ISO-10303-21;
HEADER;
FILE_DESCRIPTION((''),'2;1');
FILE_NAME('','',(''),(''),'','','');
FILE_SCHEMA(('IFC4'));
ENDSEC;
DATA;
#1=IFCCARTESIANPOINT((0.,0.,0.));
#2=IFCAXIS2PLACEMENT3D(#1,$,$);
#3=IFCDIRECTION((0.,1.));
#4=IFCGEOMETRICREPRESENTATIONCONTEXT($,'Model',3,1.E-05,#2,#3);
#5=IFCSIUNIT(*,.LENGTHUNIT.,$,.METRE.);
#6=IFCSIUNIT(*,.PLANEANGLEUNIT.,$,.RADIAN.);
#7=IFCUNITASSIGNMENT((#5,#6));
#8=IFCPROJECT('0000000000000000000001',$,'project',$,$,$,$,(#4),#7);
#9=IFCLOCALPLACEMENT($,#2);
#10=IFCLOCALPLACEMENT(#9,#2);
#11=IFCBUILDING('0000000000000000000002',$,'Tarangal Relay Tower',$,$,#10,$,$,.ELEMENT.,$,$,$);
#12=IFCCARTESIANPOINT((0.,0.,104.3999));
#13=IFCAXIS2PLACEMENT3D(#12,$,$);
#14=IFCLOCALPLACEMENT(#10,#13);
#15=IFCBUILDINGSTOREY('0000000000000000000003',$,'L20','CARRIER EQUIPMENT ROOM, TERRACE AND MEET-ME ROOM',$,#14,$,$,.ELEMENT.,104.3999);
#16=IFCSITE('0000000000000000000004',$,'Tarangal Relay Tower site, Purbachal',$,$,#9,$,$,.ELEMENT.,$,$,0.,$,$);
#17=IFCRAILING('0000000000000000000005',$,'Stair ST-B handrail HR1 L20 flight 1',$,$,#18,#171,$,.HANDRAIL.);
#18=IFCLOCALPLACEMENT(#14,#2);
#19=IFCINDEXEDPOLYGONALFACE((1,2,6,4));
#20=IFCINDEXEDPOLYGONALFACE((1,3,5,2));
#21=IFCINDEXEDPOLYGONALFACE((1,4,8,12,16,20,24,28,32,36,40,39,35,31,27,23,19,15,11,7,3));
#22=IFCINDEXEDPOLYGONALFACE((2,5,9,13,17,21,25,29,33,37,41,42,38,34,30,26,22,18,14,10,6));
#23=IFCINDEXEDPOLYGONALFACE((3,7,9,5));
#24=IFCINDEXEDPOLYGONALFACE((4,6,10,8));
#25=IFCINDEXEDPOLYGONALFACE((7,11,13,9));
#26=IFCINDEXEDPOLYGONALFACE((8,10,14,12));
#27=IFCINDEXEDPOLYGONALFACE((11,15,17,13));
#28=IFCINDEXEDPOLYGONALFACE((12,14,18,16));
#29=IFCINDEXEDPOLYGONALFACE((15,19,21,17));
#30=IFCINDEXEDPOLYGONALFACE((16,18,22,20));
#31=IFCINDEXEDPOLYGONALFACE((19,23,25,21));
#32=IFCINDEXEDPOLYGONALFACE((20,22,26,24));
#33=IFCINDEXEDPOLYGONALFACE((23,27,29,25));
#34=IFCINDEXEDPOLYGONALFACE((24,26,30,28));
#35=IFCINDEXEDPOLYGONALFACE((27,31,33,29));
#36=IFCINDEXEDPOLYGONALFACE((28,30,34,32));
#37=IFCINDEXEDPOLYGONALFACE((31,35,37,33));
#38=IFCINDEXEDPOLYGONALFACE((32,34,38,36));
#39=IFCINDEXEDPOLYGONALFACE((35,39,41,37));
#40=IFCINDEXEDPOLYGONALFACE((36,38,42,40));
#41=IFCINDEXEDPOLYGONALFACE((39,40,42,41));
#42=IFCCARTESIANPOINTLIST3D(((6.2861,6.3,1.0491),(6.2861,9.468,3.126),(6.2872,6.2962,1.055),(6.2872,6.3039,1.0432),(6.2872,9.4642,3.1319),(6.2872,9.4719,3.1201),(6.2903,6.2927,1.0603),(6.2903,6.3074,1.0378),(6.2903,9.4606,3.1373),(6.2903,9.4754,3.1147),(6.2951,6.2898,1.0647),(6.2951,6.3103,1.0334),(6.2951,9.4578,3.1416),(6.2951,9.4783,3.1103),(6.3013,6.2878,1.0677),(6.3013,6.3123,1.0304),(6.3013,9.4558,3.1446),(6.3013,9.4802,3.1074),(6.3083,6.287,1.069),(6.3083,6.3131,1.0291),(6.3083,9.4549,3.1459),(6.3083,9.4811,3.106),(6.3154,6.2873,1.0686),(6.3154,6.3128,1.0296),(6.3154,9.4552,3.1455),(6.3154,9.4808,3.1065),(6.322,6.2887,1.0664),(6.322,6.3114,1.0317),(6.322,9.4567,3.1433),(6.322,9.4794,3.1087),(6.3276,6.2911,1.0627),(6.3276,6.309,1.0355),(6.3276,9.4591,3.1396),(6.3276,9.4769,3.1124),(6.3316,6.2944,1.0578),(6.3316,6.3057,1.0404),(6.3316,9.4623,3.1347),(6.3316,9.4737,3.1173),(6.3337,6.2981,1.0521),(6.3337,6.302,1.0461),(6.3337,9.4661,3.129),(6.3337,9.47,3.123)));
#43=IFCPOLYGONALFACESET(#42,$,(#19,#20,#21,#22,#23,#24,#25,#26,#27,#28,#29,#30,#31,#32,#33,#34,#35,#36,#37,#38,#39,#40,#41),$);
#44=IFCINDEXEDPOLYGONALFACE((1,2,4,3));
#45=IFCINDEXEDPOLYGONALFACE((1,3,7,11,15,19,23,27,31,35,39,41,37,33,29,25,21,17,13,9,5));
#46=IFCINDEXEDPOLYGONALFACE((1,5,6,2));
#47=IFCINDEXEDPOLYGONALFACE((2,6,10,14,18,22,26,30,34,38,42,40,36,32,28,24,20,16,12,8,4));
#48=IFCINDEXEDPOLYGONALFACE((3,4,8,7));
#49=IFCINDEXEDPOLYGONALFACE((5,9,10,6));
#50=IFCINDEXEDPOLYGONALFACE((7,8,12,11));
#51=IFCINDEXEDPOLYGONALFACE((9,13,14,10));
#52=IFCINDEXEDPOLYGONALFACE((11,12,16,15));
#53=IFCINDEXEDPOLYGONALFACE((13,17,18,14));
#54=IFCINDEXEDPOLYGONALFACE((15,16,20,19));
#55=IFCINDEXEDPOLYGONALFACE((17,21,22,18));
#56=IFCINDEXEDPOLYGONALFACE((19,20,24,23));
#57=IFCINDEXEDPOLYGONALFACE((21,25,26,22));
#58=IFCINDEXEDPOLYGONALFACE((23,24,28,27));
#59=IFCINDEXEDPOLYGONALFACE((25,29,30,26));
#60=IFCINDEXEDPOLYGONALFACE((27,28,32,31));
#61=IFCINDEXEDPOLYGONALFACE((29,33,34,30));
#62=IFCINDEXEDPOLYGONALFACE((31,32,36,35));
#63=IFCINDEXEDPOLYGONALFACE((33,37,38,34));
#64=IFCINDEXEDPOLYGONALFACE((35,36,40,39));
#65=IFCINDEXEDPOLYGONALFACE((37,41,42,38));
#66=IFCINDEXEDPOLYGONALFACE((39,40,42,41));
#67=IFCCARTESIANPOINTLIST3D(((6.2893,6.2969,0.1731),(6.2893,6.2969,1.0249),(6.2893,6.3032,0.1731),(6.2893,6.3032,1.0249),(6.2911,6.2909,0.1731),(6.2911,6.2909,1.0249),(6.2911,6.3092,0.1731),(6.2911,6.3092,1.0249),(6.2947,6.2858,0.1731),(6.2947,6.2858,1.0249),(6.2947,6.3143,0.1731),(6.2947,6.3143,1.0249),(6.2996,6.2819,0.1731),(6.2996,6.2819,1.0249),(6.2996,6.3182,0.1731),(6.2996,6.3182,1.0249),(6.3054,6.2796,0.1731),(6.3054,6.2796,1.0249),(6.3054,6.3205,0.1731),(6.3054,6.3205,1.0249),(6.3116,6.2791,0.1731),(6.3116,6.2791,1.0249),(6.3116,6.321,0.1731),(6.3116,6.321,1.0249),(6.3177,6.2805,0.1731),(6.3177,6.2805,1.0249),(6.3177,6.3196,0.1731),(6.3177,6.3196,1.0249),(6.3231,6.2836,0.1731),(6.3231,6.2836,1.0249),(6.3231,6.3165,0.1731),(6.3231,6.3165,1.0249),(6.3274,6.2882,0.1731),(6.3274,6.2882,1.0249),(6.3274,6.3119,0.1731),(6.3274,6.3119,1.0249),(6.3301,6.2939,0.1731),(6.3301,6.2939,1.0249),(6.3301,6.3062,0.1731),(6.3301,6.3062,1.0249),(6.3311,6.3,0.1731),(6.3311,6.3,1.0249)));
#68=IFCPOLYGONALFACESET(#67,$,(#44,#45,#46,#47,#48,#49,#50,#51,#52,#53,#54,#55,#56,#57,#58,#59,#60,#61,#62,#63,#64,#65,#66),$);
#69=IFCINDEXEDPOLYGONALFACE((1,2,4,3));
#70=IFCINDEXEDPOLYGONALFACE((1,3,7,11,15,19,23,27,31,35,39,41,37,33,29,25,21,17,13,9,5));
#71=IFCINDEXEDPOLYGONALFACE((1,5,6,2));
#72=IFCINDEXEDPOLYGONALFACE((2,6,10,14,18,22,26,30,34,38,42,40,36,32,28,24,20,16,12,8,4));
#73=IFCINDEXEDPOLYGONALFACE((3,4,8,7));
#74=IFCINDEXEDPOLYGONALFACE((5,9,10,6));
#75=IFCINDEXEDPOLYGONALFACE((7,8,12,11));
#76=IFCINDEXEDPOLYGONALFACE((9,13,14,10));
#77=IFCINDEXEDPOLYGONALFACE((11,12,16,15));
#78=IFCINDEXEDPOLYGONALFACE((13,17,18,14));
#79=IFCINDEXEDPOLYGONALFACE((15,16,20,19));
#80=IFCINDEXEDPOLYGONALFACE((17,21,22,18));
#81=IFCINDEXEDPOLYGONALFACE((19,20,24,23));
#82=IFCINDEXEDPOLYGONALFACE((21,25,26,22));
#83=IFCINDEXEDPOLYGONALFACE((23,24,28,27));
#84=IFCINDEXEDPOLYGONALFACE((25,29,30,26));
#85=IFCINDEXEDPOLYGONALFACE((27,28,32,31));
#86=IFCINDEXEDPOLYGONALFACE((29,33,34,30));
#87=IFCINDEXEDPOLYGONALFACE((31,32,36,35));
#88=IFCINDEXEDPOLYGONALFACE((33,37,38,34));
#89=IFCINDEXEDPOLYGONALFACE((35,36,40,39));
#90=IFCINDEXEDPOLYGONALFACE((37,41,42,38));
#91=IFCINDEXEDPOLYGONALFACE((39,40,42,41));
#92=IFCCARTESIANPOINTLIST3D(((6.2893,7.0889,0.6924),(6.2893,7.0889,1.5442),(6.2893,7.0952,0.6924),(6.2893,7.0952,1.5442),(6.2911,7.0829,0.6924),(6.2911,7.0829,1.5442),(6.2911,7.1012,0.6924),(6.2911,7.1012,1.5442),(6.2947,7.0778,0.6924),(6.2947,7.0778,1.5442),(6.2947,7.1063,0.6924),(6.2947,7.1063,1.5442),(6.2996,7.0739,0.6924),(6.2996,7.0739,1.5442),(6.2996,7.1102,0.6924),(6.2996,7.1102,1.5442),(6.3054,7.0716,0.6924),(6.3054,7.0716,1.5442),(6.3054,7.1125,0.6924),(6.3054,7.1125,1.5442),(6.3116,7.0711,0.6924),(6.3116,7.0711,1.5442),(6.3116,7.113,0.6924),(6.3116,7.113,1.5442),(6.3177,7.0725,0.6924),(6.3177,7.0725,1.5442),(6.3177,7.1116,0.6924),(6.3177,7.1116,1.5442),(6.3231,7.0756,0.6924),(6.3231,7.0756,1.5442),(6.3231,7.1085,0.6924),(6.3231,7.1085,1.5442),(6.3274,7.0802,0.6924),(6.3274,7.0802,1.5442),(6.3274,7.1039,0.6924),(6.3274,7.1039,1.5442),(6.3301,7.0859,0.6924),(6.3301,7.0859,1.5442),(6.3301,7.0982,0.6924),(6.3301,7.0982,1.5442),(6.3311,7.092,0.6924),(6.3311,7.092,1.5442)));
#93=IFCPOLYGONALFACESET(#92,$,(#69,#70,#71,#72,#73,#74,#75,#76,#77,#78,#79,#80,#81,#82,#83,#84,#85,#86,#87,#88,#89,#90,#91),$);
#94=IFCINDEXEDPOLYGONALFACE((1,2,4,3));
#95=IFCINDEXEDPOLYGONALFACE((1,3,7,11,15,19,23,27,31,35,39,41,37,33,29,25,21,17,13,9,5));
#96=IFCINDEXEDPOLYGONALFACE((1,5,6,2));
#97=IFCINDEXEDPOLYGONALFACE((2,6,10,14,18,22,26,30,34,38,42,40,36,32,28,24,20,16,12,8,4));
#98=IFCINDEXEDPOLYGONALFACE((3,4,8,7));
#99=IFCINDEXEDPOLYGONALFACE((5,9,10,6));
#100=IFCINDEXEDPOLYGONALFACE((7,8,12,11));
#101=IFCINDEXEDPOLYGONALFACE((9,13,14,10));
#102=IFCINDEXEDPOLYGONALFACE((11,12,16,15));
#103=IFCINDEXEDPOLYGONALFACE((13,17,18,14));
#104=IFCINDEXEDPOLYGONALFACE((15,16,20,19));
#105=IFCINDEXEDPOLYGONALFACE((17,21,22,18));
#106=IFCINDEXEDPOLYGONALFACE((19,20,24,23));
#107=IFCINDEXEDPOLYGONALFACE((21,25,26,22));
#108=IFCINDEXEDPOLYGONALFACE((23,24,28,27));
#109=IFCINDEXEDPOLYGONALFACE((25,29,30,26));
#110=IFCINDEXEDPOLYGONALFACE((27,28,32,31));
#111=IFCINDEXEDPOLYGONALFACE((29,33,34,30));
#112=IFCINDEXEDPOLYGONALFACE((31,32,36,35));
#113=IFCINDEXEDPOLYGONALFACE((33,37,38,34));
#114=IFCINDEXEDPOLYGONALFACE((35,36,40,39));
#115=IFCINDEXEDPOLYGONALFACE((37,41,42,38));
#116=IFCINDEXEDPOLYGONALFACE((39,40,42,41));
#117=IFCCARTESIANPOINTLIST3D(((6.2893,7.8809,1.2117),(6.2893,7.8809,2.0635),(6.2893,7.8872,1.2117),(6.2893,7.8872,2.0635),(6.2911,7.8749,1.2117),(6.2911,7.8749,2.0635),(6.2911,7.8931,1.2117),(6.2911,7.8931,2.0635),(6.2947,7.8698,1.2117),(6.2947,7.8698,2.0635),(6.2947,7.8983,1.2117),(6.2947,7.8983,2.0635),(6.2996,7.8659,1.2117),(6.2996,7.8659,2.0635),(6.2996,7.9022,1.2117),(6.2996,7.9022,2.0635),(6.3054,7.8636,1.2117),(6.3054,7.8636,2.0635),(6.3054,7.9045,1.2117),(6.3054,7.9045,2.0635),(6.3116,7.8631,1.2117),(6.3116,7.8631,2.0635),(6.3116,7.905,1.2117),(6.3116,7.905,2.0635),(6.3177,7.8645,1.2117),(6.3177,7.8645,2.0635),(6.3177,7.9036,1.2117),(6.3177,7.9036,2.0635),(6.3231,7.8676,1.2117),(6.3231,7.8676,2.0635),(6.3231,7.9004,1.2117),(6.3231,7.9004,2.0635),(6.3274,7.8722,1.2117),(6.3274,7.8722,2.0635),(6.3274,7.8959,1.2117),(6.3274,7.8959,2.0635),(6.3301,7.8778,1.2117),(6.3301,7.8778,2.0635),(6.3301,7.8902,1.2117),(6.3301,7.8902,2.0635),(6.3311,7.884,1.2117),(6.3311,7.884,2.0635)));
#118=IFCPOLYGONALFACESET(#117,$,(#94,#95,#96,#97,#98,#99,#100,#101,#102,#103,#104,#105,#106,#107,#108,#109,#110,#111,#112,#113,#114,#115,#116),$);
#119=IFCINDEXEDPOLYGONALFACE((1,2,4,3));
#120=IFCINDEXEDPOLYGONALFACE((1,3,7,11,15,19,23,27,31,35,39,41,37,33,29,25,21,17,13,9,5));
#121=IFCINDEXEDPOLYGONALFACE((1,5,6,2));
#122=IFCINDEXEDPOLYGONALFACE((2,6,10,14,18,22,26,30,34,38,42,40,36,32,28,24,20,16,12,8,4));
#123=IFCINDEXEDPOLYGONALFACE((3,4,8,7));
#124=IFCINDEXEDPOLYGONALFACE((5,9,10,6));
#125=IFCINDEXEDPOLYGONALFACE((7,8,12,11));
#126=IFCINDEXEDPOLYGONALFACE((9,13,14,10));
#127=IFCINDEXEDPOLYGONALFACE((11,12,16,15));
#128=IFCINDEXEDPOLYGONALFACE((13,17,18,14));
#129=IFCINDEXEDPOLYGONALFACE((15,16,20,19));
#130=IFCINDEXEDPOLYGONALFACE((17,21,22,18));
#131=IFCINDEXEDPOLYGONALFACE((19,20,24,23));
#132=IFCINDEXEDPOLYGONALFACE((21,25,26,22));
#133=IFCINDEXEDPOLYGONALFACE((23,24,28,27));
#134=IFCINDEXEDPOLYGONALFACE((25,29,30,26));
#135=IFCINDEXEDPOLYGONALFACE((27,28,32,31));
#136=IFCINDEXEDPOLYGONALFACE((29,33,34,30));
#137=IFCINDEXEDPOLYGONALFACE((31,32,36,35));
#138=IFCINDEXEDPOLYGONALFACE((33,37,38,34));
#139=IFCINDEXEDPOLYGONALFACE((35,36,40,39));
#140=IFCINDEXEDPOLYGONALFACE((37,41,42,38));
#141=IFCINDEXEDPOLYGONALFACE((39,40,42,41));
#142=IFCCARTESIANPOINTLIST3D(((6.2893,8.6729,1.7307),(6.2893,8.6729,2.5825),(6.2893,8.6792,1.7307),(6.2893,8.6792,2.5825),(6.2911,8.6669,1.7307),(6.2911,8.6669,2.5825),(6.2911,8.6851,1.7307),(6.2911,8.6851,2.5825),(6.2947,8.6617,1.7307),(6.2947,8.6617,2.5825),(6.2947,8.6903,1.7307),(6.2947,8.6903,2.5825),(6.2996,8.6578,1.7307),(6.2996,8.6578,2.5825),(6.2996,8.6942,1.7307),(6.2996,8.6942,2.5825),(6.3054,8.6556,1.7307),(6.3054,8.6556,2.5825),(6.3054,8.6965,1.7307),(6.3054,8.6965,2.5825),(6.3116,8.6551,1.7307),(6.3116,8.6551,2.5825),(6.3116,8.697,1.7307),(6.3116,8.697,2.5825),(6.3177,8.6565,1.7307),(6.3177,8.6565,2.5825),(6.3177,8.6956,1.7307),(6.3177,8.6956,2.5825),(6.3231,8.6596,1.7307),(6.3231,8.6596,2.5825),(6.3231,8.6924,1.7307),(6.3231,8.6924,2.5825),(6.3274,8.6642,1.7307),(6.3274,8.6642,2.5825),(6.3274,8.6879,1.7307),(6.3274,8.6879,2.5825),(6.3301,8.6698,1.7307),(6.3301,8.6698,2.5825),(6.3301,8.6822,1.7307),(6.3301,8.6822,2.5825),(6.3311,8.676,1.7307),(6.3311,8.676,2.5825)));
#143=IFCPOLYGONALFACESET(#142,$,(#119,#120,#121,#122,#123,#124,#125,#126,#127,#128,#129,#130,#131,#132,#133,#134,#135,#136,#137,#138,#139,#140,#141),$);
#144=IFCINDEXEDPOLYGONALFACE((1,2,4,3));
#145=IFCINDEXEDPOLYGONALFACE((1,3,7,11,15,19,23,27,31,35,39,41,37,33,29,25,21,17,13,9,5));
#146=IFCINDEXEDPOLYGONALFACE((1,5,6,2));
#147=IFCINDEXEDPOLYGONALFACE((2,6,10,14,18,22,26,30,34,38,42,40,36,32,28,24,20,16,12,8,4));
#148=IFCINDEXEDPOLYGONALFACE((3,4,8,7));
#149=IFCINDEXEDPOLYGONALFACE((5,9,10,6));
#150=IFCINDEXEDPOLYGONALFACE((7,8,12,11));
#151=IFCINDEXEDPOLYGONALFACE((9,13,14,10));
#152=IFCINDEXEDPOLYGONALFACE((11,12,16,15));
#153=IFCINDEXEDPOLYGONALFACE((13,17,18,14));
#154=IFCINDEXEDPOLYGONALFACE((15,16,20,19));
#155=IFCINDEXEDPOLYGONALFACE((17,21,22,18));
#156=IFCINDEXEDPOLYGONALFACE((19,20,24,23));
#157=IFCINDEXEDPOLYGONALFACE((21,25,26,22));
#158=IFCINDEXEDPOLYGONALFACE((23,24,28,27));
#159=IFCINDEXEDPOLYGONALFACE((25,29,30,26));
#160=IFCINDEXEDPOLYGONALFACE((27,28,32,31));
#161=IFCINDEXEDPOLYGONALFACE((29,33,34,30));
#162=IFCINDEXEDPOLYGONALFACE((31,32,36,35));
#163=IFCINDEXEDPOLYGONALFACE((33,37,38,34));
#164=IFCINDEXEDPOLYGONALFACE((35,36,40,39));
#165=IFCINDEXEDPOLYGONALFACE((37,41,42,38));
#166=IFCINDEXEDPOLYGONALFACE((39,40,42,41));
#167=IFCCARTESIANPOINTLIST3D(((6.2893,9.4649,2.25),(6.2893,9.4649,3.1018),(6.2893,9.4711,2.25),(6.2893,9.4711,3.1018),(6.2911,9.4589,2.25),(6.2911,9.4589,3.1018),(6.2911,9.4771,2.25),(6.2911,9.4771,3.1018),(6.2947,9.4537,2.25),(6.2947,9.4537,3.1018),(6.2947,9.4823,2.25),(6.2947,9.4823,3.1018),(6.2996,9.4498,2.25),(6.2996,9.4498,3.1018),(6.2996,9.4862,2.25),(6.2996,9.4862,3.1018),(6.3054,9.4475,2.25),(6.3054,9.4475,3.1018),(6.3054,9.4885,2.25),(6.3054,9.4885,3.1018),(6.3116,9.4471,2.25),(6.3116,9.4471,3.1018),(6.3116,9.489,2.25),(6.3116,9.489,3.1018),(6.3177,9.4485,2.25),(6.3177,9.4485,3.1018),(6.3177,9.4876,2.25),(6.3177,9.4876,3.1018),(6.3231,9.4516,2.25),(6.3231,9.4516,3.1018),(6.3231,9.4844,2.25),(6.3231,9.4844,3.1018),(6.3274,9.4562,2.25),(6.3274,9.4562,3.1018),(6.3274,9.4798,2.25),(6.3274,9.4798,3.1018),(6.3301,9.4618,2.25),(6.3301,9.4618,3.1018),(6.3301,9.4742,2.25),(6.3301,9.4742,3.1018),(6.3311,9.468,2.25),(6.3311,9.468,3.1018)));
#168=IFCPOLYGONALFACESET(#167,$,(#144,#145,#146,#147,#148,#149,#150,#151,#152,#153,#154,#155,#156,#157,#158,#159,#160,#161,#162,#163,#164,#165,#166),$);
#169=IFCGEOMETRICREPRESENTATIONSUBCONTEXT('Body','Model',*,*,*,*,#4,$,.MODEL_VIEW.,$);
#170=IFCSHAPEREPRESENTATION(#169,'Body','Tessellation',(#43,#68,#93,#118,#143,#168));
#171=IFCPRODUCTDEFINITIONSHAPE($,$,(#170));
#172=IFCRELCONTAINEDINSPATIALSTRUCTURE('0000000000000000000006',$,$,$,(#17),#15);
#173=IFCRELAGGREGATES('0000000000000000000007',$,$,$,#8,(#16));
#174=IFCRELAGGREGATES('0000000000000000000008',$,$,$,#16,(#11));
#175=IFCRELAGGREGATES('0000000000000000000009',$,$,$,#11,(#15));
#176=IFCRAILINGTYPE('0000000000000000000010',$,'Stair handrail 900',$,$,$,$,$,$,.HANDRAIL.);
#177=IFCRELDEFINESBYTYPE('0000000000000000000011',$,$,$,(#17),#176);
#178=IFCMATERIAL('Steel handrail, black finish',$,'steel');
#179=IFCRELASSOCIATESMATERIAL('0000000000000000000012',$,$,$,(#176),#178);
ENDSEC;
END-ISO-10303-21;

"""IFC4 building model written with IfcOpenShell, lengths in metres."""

from ifc_helpers import new_model, si_unit, direction, frame, origin, origin_2d, place, context, subcontext, project, spatial, circle, extrude, material, type_object, element, save


model = new_model("IFC4")

# Units and contexts
model_context = context("Model", 3, precision=1e-05, world=origin(), true_north=direction((0.0, 1.0)))
body_context = subcontext(model_context, "Body", "Model", "MODEL_VIEW")
ifc_project = project(units=[si_unit("LENGTHUNIT", "METRE"), si_unit("PLANEANGLEUNIT", "RADIAN")], contexts=[model_context])

# Site, building, storey
site_placement = place(None, origin())
site = spatial("IfcSite", under=ifc_project, at=site_placement, Name="Tarangal Relay Tower site, Purbachal", CompositionType="ELEMENT", RefElevation=0.0)
building_placement = place(site_placement, origin())
building = spatial("IfcBuilding", under=site, at=building_placement, Name="Tarangal Relay Tower", CompositionType="ELEMENT")
storey_placement = place(building_placement, frame((0.0, 0.0, 104.3999)))
storey = spatial("IfcBuildingStorey", under=building, at=storey_placement, Name="L20", Description="CARRIER EQUIPMENT ROOM, TERRACE AND MEET-ME ROOM", CompositionType="ELEMENT", Elevation=104.3999)

# Railing
ifc_material_1 = material(Name="Steel handrail, black finish", Category="steel")
railing_type_1 = type_object("IfcRailingType", Name="Stair handrail 900", PredefinedType="HANDRAIL", material=ifc_material_1)
railing_1_placement = place(storey_placement, frame((6.3101, 6.3, 0.1731)))
element("IfcRailing", 1, at=railing_1_placement, inside=storey, type_object=railing_type_1, Name="Stair ST-B handrail HR1 L20 flight 1", PredefinedType="HANDRAIL", context=body_context, shape_type="SweptSolid", body=[
    extrude(circle(Radius=0.0239, at=origin_2d()), frame((0.0, 0.0, 0.876), z_axis=(0.0, 0.836299, 0.548273), x_axis=(-1.0, 0.0, 0.0)), (0.0, 0.0, 1.0), 3.7881),
    extrude(circle(Radius=0.021, at=origin_2d()), origin(), (0.0, 0.0, 1.0), 0.8518),
    extrude(circle(Radius=0.021, at=origin_2d()), frame((0.0, 0.792, 0.5193)), (0.0, 0.0, 1.0), 0.8518),
    extrude(circle(Radius=0.021, at=origin_2d()), frame((0.0, 1.584, 1.0386)), (0.0, 0.0, 1.0), 0.8518),
    extrude(circle(Radius=0.021, at=origin_2d()), frame((0.0, 2.376, 1.5576)), (0.0, 0.0, 1.0), 0.8518),
    extrude(circle(Radius=0.021, at=origin_2d()), frame((0.0, 3.168, 2.0769)), (0.0, 0.0, 1.0), 0.8518),
])

save(model, "model.ifc")
